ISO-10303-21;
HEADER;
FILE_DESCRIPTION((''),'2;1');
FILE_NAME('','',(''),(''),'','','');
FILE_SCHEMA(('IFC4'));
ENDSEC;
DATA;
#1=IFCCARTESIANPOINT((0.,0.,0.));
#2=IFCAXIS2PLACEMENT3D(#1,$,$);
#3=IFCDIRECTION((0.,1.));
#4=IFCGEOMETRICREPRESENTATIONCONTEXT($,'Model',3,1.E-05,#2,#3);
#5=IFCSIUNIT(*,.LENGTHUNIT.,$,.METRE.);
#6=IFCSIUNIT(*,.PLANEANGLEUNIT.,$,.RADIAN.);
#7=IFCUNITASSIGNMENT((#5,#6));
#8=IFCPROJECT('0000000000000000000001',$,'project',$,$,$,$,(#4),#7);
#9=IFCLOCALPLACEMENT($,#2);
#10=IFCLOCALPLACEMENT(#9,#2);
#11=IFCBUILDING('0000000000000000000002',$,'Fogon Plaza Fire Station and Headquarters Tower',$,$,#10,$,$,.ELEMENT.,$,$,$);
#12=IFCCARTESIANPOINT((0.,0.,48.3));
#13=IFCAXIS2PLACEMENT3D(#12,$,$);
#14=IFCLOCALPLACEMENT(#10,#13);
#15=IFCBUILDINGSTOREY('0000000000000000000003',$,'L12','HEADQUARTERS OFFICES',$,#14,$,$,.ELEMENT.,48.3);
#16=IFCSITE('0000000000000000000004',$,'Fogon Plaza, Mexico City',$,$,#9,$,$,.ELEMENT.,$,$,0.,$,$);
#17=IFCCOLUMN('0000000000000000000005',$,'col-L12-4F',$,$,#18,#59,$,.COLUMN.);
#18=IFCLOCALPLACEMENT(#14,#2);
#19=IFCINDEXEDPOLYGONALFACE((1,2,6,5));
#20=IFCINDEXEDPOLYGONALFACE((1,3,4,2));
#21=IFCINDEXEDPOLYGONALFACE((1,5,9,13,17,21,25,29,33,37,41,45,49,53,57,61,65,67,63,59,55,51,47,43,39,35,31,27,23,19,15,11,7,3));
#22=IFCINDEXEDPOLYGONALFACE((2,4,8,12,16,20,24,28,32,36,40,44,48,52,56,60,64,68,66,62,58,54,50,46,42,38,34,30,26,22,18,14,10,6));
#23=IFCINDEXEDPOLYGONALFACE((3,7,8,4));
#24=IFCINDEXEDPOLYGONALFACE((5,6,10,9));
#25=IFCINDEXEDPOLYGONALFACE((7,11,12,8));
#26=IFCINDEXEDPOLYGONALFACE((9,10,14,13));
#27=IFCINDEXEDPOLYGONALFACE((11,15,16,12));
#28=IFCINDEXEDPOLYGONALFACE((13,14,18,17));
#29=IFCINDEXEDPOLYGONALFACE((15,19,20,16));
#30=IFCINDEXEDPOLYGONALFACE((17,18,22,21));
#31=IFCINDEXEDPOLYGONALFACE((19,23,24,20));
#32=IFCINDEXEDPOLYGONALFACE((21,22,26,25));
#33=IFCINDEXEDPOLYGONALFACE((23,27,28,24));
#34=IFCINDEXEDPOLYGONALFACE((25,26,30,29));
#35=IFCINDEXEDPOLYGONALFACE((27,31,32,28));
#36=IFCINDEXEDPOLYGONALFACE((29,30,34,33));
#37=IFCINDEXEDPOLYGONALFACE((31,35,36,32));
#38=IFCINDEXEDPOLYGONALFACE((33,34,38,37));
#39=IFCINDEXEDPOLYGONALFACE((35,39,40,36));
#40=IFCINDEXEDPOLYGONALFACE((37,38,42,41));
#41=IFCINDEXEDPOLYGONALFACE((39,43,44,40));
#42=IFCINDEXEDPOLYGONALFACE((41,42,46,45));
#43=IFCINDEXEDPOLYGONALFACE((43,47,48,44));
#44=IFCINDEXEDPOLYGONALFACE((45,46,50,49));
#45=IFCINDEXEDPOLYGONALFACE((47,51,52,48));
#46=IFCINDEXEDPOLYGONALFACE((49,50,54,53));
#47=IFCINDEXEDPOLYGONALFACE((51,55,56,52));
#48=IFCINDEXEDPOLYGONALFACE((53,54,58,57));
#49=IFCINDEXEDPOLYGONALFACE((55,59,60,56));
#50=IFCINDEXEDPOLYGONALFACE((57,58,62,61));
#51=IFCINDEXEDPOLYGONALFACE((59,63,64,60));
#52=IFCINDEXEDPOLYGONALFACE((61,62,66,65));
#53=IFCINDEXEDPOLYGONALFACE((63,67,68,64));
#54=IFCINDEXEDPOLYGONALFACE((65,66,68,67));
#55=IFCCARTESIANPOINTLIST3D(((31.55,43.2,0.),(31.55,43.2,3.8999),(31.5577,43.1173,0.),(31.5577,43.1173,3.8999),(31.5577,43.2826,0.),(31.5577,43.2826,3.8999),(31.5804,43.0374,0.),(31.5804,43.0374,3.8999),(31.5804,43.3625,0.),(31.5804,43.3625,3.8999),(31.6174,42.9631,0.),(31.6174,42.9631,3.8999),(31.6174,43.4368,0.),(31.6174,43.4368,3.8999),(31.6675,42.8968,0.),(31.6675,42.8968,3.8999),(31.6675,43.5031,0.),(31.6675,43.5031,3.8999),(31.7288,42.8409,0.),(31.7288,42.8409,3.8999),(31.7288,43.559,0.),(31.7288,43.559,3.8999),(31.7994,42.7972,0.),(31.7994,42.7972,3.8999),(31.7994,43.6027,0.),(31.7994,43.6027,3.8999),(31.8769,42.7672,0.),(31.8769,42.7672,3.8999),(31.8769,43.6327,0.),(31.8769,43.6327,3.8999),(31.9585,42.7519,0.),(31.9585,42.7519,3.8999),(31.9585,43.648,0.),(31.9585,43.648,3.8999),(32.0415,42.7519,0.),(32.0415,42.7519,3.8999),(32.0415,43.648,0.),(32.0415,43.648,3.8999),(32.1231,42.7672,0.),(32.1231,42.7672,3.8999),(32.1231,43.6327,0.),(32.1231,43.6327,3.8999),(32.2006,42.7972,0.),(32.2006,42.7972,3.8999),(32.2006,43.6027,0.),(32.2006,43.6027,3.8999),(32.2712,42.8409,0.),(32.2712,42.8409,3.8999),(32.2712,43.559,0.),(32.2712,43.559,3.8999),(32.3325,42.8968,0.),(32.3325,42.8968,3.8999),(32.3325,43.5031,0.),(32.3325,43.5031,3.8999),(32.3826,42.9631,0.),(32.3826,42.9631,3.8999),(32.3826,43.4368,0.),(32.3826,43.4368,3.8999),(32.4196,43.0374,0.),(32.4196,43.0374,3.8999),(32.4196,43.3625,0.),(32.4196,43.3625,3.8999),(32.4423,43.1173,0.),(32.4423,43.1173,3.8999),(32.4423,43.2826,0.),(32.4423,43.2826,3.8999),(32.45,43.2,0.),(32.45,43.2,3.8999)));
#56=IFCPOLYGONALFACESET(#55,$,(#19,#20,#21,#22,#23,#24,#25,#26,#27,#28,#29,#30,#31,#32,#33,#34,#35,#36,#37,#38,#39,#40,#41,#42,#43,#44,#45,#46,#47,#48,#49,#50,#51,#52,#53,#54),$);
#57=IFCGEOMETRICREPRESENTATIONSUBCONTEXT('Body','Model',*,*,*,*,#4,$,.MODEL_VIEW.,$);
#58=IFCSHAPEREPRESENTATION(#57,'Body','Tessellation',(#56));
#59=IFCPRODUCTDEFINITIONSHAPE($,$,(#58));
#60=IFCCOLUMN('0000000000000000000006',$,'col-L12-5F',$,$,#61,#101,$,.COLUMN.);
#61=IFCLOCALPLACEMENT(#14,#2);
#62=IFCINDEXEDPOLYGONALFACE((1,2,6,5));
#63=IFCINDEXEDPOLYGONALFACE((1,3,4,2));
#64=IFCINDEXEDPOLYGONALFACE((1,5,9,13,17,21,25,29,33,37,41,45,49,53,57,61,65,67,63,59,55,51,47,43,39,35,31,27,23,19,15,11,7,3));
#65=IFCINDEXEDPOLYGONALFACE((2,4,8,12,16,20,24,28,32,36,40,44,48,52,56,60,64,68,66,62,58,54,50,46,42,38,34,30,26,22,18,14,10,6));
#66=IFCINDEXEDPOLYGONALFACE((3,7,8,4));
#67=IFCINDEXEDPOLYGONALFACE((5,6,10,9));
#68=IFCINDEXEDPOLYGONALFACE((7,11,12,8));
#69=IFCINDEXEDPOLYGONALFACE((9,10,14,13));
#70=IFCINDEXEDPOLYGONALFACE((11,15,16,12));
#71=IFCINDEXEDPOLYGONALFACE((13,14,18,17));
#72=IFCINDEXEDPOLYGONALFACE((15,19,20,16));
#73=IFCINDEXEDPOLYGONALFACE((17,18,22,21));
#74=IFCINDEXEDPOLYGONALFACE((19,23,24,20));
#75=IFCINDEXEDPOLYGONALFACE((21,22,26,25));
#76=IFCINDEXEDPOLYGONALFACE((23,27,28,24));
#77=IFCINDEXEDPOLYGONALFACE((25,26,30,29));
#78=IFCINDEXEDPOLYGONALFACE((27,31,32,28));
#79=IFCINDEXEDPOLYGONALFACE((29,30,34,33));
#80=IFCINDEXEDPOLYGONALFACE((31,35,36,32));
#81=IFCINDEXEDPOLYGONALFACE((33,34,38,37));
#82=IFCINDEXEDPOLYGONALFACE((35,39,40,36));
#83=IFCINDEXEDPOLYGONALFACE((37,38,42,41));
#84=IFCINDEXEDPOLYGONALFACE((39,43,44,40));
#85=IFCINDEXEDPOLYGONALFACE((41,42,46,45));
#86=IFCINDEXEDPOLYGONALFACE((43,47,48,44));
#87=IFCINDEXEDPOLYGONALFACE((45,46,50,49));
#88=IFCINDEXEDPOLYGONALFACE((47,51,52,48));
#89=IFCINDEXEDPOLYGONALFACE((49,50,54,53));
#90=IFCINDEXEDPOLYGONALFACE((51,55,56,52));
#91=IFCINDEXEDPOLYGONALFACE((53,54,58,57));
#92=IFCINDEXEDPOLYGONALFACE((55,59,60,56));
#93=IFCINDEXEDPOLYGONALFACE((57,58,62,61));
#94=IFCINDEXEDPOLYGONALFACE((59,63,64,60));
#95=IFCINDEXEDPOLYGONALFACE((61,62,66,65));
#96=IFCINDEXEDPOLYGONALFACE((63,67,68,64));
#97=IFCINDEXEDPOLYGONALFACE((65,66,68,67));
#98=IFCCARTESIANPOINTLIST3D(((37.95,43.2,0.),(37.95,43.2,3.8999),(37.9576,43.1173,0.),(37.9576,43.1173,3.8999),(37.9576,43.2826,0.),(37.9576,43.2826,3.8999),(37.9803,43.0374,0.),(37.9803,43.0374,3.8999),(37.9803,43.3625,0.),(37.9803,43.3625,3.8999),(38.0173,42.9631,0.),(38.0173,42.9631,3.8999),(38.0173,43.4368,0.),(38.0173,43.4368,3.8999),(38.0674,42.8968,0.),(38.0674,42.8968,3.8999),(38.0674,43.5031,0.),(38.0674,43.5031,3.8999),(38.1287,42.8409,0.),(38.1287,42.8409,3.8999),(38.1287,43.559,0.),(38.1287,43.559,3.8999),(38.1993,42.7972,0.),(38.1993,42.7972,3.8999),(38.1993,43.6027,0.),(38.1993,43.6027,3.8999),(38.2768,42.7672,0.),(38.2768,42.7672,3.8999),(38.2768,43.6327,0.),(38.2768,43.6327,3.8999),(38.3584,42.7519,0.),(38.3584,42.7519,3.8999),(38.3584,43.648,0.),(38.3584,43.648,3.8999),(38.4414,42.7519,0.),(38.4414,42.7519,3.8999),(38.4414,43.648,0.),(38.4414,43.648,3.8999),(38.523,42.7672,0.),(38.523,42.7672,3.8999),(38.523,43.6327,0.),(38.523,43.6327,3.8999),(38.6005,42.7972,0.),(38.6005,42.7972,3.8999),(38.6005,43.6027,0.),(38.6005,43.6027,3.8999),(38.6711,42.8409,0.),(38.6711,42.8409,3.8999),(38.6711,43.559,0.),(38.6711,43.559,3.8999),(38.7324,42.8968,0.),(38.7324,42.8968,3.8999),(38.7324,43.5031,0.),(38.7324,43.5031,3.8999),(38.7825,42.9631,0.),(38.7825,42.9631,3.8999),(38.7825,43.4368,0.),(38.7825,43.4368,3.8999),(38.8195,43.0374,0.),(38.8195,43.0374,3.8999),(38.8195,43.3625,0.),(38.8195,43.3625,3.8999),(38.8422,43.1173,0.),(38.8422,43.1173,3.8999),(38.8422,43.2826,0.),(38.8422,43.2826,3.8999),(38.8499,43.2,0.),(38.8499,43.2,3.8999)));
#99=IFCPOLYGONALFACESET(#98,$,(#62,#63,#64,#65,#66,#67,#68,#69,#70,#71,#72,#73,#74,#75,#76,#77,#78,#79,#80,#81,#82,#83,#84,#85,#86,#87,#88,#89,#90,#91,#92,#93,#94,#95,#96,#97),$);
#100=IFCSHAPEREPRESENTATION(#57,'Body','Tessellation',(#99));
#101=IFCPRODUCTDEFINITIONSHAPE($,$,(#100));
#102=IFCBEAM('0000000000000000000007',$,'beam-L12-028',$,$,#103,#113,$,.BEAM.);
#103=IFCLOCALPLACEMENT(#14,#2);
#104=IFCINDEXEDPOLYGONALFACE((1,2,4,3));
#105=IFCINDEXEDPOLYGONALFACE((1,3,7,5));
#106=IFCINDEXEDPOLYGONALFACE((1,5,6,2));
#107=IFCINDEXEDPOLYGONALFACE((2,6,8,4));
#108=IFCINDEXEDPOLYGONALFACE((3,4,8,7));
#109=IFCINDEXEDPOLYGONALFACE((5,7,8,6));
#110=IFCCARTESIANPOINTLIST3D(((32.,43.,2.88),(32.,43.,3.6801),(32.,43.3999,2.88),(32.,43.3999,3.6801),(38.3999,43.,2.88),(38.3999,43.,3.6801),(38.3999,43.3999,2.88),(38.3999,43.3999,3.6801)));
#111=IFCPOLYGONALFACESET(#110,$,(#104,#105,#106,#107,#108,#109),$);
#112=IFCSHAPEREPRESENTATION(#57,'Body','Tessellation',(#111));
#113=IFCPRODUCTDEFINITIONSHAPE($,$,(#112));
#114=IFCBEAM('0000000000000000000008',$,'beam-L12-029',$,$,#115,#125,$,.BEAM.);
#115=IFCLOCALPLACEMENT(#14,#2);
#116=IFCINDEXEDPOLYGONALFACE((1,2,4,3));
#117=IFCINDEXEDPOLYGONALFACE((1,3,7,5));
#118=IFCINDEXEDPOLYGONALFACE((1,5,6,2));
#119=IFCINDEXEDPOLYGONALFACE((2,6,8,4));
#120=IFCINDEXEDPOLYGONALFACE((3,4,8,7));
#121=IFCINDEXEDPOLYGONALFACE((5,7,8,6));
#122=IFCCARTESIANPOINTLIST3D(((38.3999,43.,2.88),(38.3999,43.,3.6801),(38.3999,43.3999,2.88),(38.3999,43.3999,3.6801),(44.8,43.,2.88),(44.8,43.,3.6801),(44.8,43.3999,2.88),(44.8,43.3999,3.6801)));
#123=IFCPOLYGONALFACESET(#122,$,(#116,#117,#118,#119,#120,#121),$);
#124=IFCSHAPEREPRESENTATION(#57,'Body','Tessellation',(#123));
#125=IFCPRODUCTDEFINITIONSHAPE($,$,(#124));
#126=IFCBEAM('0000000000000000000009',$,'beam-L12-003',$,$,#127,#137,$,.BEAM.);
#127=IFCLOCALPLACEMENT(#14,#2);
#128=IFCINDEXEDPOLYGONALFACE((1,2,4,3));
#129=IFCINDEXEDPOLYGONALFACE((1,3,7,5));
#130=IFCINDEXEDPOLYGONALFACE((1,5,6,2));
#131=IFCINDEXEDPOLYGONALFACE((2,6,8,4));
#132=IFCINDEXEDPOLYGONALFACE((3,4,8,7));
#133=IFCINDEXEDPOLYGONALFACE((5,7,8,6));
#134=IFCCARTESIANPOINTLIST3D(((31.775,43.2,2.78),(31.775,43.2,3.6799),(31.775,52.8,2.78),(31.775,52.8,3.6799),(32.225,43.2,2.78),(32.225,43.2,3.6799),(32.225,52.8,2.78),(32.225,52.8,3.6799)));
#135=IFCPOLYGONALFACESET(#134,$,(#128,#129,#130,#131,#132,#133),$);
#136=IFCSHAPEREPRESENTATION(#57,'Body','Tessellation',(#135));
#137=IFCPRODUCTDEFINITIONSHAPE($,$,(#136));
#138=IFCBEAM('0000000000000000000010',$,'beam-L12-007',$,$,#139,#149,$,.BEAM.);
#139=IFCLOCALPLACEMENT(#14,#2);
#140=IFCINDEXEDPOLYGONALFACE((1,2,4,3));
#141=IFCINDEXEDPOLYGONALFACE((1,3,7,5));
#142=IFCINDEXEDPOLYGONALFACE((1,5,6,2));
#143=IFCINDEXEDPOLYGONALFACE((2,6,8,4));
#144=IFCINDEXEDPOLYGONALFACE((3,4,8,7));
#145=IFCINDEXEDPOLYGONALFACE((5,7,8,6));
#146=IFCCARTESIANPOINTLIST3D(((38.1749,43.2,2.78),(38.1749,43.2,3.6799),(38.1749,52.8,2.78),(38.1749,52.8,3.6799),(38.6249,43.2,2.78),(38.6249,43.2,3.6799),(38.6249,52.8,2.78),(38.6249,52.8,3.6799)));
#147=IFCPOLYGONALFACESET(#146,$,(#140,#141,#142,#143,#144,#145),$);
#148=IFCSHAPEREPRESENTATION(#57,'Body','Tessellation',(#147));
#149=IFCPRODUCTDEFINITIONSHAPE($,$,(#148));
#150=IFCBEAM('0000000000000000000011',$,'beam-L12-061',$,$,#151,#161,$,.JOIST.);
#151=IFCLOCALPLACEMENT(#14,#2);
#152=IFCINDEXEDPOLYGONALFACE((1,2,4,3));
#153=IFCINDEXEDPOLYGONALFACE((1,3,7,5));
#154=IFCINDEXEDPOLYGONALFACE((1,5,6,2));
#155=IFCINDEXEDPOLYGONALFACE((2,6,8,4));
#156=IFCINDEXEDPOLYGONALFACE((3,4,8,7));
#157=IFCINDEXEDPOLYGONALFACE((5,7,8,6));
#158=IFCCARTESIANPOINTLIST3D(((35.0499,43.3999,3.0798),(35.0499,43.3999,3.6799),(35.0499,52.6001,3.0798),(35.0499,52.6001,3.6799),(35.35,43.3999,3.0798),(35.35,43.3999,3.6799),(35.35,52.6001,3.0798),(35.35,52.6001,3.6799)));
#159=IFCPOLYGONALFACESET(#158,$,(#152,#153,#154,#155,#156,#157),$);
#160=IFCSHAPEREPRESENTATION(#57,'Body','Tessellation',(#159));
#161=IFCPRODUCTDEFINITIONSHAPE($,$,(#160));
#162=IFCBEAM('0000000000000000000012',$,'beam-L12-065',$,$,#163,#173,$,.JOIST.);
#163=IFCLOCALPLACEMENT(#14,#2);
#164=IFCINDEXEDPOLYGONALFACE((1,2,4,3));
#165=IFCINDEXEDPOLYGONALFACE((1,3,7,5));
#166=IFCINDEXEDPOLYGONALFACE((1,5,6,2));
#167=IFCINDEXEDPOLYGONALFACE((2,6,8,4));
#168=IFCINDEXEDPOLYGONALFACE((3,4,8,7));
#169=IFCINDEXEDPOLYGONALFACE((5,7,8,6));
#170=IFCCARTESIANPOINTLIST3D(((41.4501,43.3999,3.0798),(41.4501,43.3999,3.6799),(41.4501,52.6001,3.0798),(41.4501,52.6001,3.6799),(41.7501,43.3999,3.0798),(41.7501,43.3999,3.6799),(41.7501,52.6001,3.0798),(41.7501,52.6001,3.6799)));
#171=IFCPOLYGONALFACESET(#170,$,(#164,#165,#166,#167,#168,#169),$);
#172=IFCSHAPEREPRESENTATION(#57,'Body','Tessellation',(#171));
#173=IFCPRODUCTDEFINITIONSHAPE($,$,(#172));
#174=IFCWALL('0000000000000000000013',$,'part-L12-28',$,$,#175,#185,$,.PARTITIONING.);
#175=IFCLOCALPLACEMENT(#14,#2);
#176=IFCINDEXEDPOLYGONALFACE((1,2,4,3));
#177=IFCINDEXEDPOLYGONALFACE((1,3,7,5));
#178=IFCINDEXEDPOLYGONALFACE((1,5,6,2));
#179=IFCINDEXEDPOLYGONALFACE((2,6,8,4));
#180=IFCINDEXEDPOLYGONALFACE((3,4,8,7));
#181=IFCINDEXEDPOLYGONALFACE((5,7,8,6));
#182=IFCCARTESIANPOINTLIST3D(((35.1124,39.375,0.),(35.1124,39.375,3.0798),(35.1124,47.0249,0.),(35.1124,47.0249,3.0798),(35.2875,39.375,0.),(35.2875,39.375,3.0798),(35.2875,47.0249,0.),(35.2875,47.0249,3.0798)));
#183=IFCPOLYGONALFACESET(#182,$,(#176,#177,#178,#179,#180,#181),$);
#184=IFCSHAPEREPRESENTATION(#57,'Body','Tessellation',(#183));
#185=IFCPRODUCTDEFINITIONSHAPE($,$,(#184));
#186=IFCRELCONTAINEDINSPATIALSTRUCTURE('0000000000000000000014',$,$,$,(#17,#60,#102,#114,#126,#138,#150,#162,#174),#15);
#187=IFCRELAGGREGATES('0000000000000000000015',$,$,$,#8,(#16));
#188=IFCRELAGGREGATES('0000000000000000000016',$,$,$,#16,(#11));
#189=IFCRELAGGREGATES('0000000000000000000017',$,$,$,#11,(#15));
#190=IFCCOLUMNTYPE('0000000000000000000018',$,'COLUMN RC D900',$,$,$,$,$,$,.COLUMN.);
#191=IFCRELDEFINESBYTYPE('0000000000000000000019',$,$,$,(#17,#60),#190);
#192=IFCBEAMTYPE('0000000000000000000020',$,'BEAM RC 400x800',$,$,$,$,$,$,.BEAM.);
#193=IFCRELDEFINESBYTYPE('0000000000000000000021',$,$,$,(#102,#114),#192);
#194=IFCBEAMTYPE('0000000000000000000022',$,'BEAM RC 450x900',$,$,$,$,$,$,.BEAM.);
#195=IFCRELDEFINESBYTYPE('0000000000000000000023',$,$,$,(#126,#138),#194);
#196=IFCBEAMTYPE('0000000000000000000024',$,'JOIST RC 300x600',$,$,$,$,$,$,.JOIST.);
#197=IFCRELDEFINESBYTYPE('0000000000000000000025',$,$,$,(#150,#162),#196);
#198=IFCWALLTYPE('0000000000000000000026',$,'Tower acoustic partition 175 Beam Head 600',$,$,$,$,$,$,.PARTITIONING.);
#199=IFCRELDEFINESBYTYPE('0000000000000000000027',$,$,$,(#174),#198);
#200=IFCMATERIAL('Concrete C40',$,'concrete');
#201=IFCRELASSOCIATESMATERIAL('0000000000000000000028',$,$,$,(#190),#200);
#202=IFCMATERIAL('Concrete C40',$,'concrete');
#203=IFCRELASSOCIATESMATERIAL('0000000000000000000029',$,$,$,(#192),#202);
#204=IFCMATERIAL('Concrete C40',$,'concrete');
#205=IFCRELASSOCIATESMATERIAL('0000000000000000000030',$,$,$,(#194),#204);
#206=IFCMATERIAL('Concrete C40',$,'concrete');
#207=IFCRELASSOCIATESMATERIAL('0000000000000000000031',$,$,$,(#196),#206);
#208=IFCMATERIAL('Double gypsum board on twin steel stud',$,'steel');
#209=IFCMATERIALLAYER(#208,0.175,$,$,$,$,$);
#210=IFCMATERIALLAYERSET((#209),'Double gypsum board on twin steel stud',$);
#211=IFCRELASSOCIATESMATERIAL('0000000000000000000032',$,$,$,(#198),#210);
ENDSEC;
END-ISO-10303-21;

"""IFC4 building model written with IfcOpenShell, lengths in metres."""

from ifc_helpers import new_model, si_unit, direction, frame, frame_2d, origin, origin_2d, place, context, subcontext, project, spatial, rectangle, circle, extrude, material, layer, layer_set, material_profile, profile_set, type_object, element, save


model = new_model("IFC4")

# Units and contexts
model_context = context("Model", 3, precision=1e-05, world=origin(), true_north=direction((0.0, 1.0)))
body_context = subcontext(model_context, "Body", "Model", "MODEL_VIEW")
ifc_project = project(units=[si_unit("LENGTHUNIT", "METRE"), si_unit("PLANEANGLEUNIT", "RADIAN")], contexts=[model_context])

# Site, building, storey
site_placement = place(None, origin())
site = spatial("IfcSite", under=ifc_project, at=site_placement, Name="Fogon Plaza, Mexico City", CompositionType="ELEMENT", RefElevation=0.0)
building_placement = place(site_placement, origin())
building = spatial("IfcBuilding", under=site, at=building_placement, Name="Fogon Plaza Fire Station and Headquarters Tower", CompositionType="ELEMENT")
storey_placement = place(building_placement, frame((0.0, 0.0, 48.3)))
storey = spatial("IfcBuildingStorey", under=building, at=storey_placement, Name="L12", Description="HEADQUARTERS OFFICES", CompositionType="ELEMENT", Elevation=48.3)

# Columns
ifc_material_1 = material(Name="Concrete C40", Category="concrete")
ifc_material_profile_1 = material_profile(ifc_material_1, circle(Radius=0.45, at=origin_2d()), Name="RC D900")
ifc_profile_set_1 = profile_set([ifc_material_profile_1], Name="Concrete C40")
column_type = type_object("IfcColumnType", Name="COLUMN RC D900", PredefinedType="COLUMN", material=ifc_profile_set_1)
for number, where, z_axis, x_axis, name in (
    (1, (32.0, 43.2, 0.0), (0.0, 0.0, 1.0), (1.0, 0.0, 0.0), "col-L12-4F"),
    (2, (38.3999, 43.2, 0.0), (0.0, 0.0, 1.0), (1.0, 0.0, 0.0), "col-L12-5F"),
):
    element("IfcColumn", number, at=place(storey_placement, frame(where, z_axis=z_axis, x_axis=x_axis)), inside=storey, type_object=column_type, Name=name, PredefinedType="COLUMN", context=body_context, shape_type="SweptSolid", body=[
        extrude(circle(Radius=0.45, at=origin_2d()), origin(), (0.0, 0.0, 1.0), 3.8999),
    ])

# Beams
ifc_material_2 = material(Name="Concrete C40", Category="concrete")
ifc_material_profile_2 = material_profile(ifc_material_2, rectangle(XDim=0.3999, YDim=0.8, at=origin_2d()), Name="RC 400x800")
ifc_profile_set_2 = profile_set([ifc_material_profile_2], Name="Concrete C40")
beam_type_1 = type_object("IfcBeamType", Name="BEAM RC 400x800", PredefinedType="BEAM", material=ifc_profile_set_2)
beam_1_placement = place(storey_placement, frame((32.0, 43.2, 3.28), z_axis=(1.0, 0.0, 0.0), x_axis=(0.0, 1.0, 0.0)))
element("IfcBeam", 3, at=beam_1_placement, inside=storey, type_object=beam_type_1, Name="beam-L12-028", PredefinedType="BEAM", context=body_context, shape_type="SweptSolid", body=[
    extrude(rectangle(XDim=0.3999, YDim=0.8, at=origin_2d()), origin(), (0.0, 0.0, 1.0), 6.3999),
])
beam_2_placement = place(storey_placement, frame((38.3999, 43.2, 3.28), z_axis=(1.0, 0.0, 0.0), x_axis=(0.0, 1.0, 0.0)))
element("IfcBeam", 4, at=beam_2_placement, inside=storey, type_object=beam_type_1, Name="beam-L12-029", PredefinedType="BEAM", context=body_context, shape_type="SweptSolid", body=[
    extrude(rectangle(XDim=0.3999, YDim=0.8, at=origin_2d()), origin(), (0.0, 0.0, 1.0), 6.4001),
])
ifc_material_3 = material(Name="Concrete C40", Category="concrete")
ifc_material_profile_3 = material_profile(ifc_material_3, rectangle(XDim=0.45, YDim=0.8999, at=origin_2d()), Name="RC 450x900")
ifc_profile_set_3 = profile_set([ifc_material_profile_3], Name="Concrete C40")
beam_type_2 = type_object("IfcBeamType", Name="BEAM RC 450x900", PredefinedType="BEAM", material=ifc_profile_set_3)
for number, where, z_axis, x_axis, name in (
    (5, (32.0, 43.2, 3.23), (0.0, 1.0, 0.0), (-1.0, 0.0, 0.0), "beam-L12-003"),
    (6, (38.3999, 43.2, 3.23), (0.0, 1.0, 0.0), (-1.0, 0.0, 0.0), "beam-L12-007"),
):
    element("IfcBeam", number, at=place(storey_placement, frame(where, z_axis=z_axis, x_axis=x_axis)), inside=storey, type_object=beam_type_2, Name=name, PredefinedType="BEAM", context=body_context, shape_type="SweptSolid", body=[
        extrude(rectangle(XDim=0.45, YDim=0.8999, at=origin_2d()), origin(), (0.0, 0.0, 1.0), 9.6001),
    ])
ifc_material_4 = material(Name="Concrete C40", Category="concrete")
ifc_material_profile_4 = material_profile(ifc_material_4, rectangle(XDim=0.3, YDim=0.6001, at=origin_2d()), Name="RC 300x600")
ifc_profile_set_4 = profile_set([ifc_material_profile_4], Name="Concrete C40")
beam_type_3 = type_object("IfcBeamType", Name="JOIST RC 300x600", PredefinedType="JOIST", material=ifc_profile_set_4)
for number, where, z_axis, x_axis, name in (
    (7, (35.2, 43.3999, 3.3799), (0.0, 1.0, 0.0), (-1.0, 0.0, 0.0), "beam-L12-061"),
    (8, (41.6001, 43.3999, 3.3799), (0.0, 1.0, 0.0), (-1.0, 0.0, 0.0), "beam-L12-065"),
):
    element("IfcBeam", number, at=place(storey_placement, frame(where, z_axis=z_axis, x_axis=x_axis)), inside=storey, type_object=beam_type_3, Name=name, PredefinedType="JOIST", context=body_context, shape_type="SweptSolid", body=[
        extrude(rectangle(XDim=0.3, YDim=0.6001, at=origin_2d()), origin(), (0.0, 0.0, 1.0), 9.2002),
    ])

# Wall
ifc_material_5 = material(Name="Double gypsum board on twin steel stud", Category="steel")
ifc_layer_1 = layer(ifc_material_5, 0.175)
ifc_layer_set_1 = layer_set([ifc_layer_1], Name="Double gypsum board on twin steel stud")
wall_type_1 = type_object("IfcWallType", Name="Tower acoustic partition 175 Beam Head 600", PredefinedType="PARTITIONING", material=ifc_layer_set_1)
wall_1_placement = place(storey_placement, frame((35.2, 39.375, 0.0), z_axis=(0.0, 0.0, 1.0), x_axis=(0.0, 1.0, 0.0)))
element("IfcWall", 9, at=wall_1_placement, inside=storey, type_object=wall_type_1, Name="part-L12-28", PredefinedType="PARTITIONING", context=body_context, shape_type="SweptSolid", body=[
    extrude(rectangle(XDim=7.6499, YDim=0.175, at=frame_2d((3.825, 0.0))), origin(), (0.0, 0.0, 1.0), 3.0798),
])

save(model, "model.ifc")
